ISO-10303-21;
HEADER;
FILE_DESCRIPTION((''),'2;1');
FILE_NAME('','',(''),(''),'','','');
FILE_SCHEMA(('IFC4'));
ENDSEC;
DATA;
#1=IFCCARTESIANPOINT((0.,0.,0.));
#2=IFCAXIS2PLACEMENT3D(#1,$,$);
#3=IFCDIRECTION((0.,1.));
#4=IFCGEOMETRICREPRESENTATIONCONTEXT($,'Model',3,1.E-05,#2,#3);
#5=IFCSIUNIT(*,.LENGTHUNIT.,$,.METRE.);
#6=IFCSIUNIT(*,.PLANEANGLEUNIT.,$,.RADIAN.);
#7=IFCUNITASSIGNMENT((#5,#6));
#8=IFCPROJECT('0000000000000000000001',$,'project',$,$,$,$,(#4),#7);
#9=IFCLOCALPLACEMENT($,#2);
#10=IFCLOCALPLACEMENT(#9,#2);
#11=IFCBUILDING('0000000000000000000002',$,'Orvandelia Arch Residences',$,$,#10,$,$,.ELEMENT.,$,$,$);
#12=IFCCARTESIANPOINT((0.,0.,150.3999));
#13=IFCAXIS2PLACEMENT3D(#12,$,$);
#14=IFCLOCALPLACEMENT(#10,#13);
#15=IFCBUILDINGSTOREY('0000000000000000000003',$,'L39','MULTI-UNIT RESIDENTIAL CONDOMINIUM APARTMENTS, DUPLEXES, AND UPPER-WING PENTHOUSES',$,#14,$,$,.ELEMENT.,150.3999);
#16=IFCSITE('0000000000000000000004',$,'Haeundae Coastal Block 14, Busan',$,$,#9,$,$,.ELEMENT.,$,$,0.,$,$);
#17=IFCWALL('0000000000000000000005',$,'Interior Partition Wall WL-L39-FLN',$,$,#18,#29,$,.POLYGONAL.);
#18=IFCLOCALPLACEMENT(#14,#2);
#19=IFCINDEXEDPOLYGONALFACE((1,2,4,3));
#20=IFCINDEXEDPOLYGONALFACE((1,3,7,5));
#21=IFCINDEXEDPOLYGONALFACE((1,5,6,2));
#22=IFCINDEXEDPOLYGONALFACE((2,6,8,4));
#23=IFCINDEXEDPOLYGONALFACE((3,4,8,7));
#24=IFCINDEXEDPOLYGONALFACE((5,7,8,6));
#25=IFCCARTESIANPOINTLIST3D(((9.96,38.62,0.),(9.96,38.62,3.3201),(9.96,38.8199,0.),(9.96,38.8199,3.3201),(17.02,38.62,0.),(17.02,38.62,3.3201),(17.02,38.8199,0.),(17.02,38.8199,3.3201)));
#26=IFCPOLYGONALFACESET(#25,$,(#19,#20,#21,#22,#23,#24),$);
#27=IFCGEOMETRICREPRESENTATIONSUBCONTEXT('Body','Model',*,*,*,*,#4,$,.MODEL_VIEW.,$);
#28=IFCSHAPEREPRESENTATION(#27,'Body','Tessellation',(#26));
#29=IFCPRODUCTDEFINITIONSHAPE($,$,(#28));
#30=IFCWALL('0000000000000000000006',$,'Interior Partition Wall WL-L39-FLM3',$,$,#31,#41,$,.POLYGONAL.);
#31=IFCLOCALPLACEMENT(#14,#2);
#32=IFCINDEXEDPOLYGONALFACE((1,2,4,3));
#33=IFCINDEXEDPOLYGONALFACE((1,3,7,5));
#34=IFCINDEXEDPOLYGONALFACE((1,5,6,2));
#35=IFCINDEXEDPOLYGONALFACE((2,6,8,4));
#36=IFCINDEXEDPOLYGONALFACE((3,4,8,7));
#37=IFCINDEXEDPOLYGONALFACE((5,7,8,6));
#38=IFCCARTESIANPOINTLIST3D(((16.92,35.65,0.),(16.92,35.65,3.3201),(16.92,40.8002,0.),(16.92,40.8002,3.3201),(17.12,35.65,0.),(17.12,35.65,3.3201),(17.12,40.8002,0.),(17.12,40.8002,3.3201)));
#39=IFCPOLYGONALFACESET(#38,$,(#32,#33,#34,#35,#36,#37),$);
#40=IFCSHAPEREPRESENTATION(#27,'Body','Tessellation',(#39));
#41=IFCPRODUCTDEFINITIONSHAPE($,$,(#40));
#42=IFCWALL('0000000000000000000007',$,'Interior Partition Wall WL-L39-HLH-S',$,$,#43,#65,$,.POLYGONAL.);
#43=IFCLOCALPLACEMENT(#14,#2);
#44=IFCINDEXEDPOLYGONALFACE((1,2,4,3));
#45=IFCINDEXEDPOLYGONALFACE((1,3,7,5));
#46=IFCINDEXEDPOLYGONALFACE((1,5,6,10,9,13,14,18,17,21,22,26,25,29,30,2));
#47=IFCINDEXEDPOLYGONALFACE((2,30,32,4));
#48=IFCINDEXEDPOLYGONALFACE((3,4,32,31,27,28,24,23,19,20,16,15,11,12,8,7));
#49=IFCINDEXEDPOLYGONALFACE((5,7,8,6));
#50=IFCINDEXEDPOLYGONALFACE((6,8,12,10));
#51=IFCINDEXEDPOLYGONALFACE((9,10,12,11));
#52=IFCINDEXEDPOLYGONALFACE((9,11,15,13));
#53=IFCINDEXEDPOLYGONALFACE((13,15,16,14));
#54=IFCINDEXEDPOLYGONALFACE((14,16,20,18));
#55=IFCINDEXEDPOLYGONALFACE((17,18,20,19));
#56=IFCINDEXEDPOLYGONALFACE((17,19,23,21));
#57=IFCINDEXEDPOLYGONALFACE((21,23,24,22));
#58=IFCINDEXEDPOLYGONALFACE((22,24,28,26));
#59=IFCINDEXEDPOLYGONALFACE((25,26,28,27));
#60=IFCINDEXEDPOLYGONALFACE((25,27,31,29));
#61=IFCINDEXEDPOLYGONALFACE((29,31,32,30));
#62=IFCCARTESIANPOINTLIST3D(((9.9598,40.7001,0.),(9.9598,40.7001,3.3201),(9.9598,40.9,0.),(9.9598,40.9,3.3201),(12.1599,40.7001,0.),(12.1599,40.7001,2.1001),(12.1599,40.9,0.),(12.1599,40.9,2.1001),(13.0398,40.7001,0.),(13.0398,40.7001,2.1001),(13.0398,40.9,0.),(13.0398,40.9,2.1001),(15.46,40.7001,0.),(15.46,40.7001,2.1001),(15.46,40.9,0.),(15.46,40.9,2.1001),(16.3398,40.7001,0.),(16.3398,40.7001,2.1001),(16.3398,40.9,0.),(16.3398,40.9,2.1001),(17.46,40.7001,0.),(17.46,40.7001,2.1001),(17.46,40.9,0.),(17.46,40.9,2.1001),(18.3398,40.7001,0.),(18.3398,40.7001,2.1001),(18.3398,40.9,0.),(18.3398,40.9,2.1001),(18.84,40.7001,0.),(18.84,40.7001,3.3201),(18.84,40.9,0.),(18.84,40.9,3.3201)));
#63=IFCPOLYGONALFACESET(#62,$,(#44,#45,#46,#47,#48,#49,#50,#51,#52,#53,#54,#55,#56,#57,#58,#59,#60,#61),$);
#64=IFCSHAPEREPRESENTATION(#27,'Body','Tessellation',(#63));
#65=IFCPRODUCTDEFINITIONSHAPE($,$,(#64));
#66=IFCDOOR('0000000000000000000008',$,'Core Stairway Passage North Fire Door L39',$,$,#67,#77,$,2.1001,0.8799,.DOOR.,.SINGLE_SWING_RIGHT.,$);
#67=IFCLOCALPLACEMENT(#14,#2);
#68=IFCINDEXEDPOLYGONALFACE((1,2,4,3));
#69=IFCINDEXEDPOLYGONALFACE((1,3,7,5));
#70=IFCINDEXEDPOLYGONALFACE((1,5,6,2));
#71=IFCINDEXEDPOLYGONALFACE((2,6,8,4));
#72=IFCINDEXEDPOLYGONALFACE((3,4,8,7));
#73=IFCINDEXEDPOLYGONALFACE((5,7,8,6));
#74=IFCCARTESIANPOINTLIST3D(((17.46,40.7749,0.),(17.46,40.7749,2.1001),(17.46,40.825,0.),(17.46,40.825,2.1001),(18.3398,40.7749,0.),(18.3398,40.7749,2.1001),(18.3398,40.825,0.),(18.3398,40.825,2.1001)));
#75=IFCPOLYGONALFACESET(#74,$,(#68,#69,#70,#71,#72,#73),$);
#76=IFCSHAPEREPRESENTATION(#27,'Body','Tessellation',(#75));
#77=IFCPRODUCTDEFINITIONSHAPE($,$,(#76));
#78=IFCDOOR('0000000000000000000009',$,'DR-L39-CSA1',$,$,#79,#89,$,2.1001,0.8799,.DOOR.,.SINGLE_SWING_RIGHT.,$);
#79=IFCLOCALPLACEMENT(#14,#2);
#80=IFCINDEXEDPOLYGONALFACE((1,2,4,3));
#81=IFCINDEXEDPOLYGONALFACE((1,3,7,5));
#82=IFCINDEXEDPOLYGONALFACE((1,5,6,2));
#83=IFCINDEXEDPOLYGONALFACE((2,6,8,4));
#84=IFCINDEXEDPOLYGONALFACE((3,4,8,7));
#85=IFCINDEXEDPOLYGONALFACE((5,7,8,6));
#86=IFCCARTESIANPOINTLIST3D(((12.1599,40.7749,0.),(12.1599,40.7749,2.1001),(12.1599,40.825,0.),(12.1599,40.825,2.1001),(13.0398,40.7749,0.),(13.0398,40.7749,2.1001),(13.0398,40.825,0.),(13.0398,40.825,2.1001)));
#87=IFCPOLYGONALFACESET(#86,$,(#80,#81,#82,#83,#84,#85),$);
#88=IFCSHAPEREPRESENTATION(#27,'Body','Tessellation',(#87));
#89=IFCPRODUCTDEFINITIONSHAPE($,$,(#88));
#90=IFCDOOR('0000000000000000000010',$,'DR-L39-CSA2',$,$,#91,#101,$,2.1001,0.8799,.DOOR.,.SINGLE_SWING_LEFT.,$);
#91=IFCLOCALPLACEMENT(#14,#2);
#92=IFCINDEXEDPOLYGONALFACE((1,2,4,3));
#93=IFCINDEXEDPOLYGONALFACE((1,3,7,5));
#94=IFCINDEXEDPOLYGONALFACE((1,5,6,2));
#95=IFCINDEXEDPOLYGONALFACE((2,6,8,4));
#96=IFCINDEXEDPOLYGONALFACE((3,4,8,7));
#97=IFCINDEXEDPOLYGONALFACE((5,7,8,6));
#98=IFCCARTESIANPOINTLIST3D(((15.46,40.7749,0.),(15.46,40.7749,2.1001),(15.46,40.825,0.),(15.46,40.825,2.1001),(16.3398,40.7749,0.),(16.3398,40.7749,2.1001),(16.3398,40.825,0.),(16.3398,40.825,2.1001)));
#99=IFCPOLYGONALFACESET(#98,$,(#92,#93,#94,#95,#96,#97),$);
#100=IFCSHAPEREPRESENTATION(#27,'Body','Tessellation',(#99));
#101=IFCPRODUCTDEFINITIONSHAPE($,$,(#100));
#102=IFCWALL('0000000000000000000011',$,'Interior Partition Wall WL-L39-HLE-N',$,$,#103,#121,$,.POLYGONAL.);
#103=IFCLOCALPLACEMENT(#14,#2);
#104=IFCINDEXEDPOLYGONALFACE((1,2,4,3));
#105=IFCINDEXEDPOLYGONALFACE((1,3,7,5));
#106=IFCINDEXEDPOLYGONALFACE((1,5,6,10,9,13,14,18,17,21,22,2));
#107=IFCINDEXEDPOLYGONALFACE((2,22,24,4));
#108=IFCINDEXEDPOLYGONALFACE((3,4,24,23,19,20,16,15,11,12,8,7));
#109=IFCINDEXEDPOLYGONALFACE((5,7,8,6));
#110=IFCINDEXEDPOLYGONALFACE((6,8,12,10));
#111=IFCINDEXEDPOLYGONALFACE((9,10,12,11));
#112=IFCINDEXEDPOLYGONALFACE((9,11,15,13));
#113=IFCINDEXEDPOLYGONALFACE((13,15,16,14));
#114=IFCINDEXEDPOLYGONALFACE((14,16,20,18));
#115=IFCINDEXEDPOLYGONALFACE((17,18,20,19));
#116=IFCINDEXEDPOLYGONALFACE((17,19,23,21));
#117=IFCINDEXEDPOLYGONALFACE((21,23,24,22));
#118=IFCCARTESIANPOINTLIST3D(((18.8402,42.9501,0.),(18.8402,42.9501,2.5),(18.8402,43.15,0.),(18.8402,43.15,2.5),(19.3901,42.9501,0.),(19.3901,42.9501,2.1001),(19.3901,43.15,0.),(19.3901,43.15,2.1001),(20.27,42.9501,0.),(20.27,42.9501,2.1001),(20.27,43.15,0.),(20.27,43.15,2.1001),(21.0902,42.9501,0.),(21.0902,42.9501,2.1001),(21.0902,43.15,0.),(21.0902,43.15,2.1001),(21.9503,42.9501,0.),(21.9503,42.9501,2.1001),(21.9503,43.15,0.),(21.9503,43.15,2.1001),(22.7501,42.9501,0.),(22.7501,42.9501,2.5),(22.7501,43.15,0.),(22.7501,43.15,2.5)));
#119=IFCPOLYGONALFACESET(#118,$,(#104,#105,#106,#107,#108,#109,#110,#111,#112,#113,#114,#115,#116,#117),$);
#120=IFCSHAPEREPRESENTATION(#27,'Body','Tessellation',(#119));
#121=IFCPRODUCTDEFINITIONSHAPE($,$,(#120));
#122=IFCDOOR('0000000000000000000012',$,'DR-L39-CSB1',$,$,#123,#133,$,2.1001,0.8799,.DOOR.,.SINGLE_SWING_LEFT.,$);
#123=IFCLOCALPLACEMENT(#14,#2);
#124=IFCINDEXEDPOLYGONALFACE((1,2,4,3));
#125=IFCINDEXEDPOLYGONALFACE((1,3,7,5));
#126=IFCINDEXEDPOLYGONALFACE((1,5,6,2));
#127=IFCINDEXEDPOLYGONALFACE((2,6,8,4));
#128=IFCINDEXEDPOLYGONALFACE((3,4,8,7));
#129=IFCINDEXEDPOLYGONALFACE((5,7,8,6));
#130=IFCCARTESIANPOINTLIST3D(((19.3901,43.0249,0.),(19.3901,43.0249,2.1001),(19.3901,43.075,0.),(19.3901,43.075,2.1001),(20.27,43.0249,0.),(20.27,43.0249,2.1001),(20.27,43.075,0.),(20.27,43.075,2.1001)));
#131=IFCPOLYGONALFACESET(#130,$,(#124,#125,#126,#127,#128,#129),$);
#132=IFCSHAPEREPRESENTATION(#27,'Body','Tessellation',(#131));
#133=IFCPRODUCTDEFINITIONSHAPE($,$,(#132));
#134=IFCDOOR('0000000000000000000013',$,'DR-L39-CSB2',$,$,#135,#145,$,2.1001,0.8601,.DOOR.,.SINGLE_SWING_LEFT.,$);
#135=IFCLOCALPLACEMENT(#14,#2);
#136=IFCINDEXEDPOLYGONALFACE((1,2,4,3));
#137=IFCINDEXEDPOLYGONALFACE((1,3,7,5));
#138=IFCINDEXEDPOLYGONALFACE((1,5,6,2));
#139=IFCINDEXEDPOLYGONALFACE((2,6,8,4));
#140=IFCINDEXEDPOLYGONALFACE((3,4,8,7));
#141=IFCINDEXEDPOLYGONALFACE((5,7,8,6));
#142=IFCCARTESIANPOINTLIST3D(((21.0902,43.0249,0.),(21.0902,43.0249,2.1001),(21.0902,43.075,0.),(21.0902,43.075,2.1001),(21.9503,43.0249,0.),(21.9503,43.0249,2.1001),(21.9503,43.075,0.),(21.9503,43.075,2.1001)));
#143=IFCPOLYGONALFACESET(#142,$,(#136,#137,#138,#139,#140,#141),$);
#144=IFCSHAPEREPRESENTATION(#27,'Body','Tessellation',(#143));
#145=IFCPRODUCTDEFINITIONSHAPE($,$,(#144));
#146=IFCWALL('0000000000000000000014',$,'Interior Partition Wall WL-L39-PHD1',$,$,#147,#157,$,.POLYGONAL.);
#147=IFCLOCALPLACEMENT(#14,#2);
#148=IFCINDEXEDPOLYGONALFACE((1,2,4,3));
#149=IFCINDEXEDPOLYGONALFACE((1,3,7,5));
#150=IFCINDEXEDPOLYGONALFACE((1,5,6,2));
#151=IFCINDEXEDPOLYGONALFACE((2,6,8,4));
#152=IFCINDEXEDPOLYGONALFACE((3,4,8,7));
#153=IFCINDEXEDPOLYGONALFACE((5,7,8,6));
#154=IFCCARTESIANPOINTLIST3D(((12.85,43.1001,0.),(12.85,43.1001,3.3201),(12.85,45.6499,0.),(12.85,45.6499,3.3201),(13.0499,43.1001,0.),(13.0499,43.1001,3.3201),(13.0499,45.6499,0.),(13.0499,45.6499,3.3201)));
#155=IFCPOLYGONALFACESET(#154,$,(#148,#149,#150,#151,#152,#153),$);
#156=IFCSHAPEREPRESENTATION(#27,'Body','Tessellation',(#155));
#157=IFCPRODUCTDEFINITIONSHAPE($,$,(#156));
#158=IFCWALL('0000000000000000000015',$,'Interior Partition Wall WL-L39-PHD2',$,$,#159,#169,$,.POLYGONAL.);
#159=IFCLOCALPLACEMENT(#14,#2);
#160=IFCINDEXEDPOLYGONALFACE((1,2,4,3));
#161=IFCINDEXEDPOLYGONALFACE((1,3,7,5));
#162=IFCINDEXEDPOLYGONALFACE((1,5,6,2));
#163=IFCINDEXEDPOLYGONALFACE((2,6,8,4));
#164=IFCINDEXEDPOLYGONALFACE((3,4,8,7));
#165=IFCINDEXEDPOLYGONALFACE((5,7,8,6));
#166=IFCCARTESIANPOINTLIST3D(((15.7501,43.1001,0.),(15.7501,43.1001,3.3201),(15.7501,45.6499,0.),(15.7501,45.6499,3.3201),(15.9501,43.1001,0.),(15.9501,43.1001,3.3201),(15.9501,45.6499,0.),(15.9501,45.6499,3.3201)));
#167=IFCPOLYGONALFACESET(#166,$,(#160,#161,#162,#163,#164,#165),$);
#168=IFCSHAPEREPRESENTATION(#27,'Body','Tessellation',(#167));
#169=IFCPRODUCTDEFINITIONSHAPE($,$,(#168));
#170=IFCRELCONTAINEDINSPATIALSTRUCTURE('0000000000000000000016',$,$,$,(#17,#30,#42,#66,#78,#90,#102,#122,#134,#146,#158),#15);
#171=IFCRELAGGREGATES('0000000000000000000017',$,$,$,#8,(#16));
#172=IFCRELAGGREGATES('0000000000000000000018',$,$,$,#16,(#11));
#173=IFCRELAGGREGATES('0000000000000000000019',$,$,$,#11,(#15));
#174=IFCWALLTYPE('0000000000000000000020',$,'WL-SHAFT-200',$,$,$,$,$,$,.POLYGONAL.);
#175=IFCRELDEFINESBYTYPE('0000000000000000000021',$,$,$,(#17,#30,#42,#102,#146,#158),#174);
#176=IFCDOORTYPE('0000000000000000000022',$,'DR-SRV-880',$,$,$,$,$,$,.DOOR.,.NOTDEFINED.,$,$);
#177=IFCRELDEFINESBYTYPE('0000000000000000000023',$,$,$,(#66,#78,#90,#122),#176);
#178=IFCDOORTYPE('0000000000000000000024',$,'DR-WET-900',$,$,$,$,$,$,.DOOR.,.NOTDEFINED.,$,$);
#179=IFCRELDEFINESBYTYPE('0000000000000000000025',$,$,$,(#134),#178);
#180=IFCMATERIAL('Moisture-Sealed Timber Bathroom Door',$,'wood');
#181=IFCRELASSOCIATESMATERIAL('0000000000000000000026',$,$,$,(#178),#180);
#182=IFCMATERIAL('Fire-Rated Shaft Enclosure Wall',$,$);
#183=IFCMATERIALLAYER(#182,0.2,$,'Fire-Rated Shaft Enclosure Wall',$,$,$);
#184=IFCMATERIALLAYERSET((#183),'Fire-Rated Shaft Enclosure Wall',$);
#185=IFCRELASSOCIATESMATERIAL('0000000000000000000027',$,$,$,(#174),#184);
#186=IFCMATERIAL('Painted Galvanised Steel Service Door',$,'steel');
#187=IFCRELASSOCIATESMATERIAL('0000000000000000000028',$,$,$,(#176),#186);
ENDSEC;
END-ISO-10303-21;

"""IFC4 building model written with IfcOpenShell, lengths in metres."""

from ifc_helpers import new_model, si_unit, direction, frame, frame_2d, origin, place, context, subcontext, project, spatial, rectangle, extrude, material, layer, layer_set, type_object, element, fill, save


model = new_model("IFC4")

# Units and contexts
model_context = context("Model", 3, precision=1e-05, world=origin(), true_north=direction((0.0, 1.0)))
body_context = subcontext(model_context, "Body", "Model", "MODEL_VIEW")
ifc_project = project(units=[si_unit("LENGTHUNIT", "METRE"), si_unit("PLANEANGLEUNIT", "RADIAN")], contexts=[model_context])

# Site, building, storey
site_placement = place(None, origin())
site = spatial("IfcSite", under=ifc_project, at=site_placement, Name="Haeundae Coastal Block 14, Busan", CompositionType="ELEMENT", RefElevation=0.0)
building_placement = place(site_placement, origin())
building = spatial("IfcBuilding", under=site, at=building_placement, Name="Orvandelia Arch Residences", CompositionType="ELEMENT")
storey_placement = place(building_placement, frame((0.0, 0.0, 150.3999)))
storey = spatial("IfcBuildingStorey", under=building, at=storey_placement, Name="L39", Description="MULTI-UNIT RESIDENTIAL CONDOMINIUM APARTMENTS, DUPLEXES, AND UPPER-WING PENTHOUSES", CompositionType="ELEMENT", Elevation=150.3999)

# Shared definitions
ifc_material_1 = material(Name="Moisture-Sealed Timber Bathroom Door", Category="wood")
door_type_1 = type_object("IfcDoorType", Name="DR-WET-900", OperationType="NOTDEFINED", PredefinedType="DOOR", material=ifc_material_1)

# Walls
ifc_material_2 = material(Name="Fire-Rated Shaft Enclosure Wall")
ifc_layer_1 = layer(ifc_material_2, 0.2, Name="Fire-Rated Shaft Enclosure Wall")
ifc_layer_set_1 = layer_set([ifc_layer_1], Name="Fire-Rated Shaft Enclosure Wall")
wall_type_1 = type_object("IfcWallType", Name="WL-SHAFT-200", PredefinedType="POLYGONAL", material=ifc_layer_set_1)
wall_1_placement = place(storey_placement, frame((9.96, 38.72, 0.0), z_axis=(0.0, 0.0, 1.0), x_axis=(1.0, 0.0, 0.0)))
element("IfcWall", 1, at=wall_1_placement, inside=storey, type_object=wall_type_1, Name="Interior Partition Wall WL-L39-FLN", PredefinedType="POLYGONAL", context=body_context, shape_type="SweptSolid", body=[
    extrude(rectangle(XDim=7.0601, YDim=0.2, at=frame_2d((3.53, 0.0))), origin(), (0.0, 0.0, 1.0), 3.3201),
])
wall_2_placement = place(storey_placement, frame((17.02, 35.6499, 0.0), z_axis=(0.0, 0.0, 1.0), x_axis=(0.0, 1.0, 0.0)))
element("IfcWall", 2, at=wall_2_placement, inside=storey, type_object=wall_type_1, Name="Interior Partition Wall WL-L39-FLM3", PredefinedType="POLYGONAL", context=body_context, shape_type="SweptSolid", body=[
    extrude(rectangle(XDim=5.1501, YDim=0.2, at=frame_2d((2.5752, 0.0))), origin(), (0.0, 0.0, 1.0), 3.3201),
])

# Walls, openings, doors
wall_3_placement = place(storey_placement, frame((9.96, 40.8, 0.0), z_axis=(0.0, 0.0, 1.0), x_axis=(1.0, 0.0, 0.0)))
wall_3 = element("IfcWall", 3, at=wall_3_placement, inside=storey, type_object=wall_type_1, Name="Interior Partition Wall WL-L39-HLH-S", PredefinedType="POLYGONAL", context=body_context, shape_type="SweptSolid", body=[
    extrude(rectangle(XDim=8.8801, YDim=0.2, at=frame_2d((4.4399, 0.0))), origin(), (0.0, 0.0, 1.0), 3.3201),
])
opening_1_placement = place(wall_3_placement, frame((7.5, 0.0, 0.0)))
opening_1 = element("IfcOpeningElement", 4, at=opening_1_placement, cuts=wall_3, PredefinedType="OPENING", context=body_context, shape_type="SweptSolid", body=[
    extrude(rectangle(XDim=0.8799, YDim=2.1001, at=frame_2d((0.4399, 1.05))), frame((0.0, 0.1099, 0.0), z_axis=(0.0, -1.0, 0.0), x_axis=(1.0, 0.0, 0.0)), (0.0, 0.0, 1.0), 0.22),
])
opening_2_placement = place(wall_3_placement, frame((2.2, 0.0, 0.0)))
opening_2 = element("IfcOpeningElement", 5, at=opening_2_placement, cuts=wall_3, PredefinedType="OPENING", context=body_context, shape_type="SweptSolid", body=[
    extrude(rectangle(XDim=0.8799, YDim=2.1001, at=frame_2d((0.4399, 1.05))), frame((0.0, 0.1099, 0.0), z_axis=(0.0, -1.0, 0.0), x_axis=(1.0, 0.0, 0.0)), (0.0, 0.0, 1.0), 0.22),
])
opening_3_placement = place(wall_3_placement, frame((5.5, 0.0, 0.0)))
opening_3 = element("IfcOpeningElement", 6, at=opening_3_placement, cuts=wall_3, PredefinedType="OPENING", context=body_context, shape_type="SweptSolid", body=[
    extrude(rectangle(XDim=0.8799, YDim=2.1001, at=frame_2d((0.4399, 1.05))), frame((0.0, 0.1099, 0.0), z_axis=(0.0, -1.0, 0.0), x_axis=(1.0, 0.0, 0.0)), (0.0, 0.0, 1.0), 0.22),
])
ifc_material_3 = material(Name="Painted Galvanised Steel Service Door", Category="steel")
door_type_2 = type_object("IfcDoorType", Name="DR-SRV-880", OperationType="NOTDEFINED", PredefinedType="DOOR", material=ifc_material_3)
door_1_placement = place(opening_1_placement, origin())
door_1 = element("IfcDoor", 7, at=door_1_placement, inside=storey, type_object=door_type_2, Name="Core Stairway Passage North Fire Door L39", OperationType="SINGLE_SWING_RIGHT", OverallHeight=2.1001, OverallWidth=0.8799, PredefinedType="DOOR", context=body_context, shape_type="SweptSolid", body=[
    extrude(rectangle(XDim=0.8799, YDim=2.1001, at=frame_2d((0.4399, 1.05))), frame((0.0, 0.0249, 0.0), z_axis=(0.0, -1.0, 0.0), x_axis=(1.0, 0.0, 0.0)), (0.0, 0.0, 1.0), 0.05),
])
fill(opening_1, door_1)
door_2_placement = place(opening_2_placement, origin())
door_2 = element("IfcDoor", 8, at=door_2_placement, inside=storey, type_object=door_type_2, Name="DR-L39-CSA1", OperationType="SINGLE_SWING_RIGHT", OverallHeight=2.1001, OverallWidth=0.8799, PredefinedType="DOOR", context=body_context, shape_type="SweptSolid", body=[
    extrude(rectangle(XDim=0.8799, YDim=2.1001, at=frame_2d((0.4399, 1.05))), frame((0.0, 0.0249, 0.0), z_axis=(0.0, -1.0, 0.0), x_axis=(1.0, 0.0, 0.0)), (0.0, 0.0, 1.0), 0.05),
])
fill(opening_2, door_2)
door_3_placement = place(opening_3_placement, origin())
door_3 = element("IfcDoor", 9, at=door_3_placement, inside=storey, type_object=door_type_2, Name="DR-L39-CSA2", OperationType="SINGLE_SWING_LEFT", OverallHeight=2.1001, OverallWidth=0.8799, PredefinedType="DOOR", context=body_context, shape_type="SweptSolid", body=[
    extrude(rectangle(XDim=0.8799, YDim=2.1001, at=frame_2d((0.4399, 1.05))), frame((0.0, 0.0249, 0.0), z_axis=(0.0, -1.0, 0.0), x_axis=(1.0, 0.0, 0.0)), (0.0, 0.0, 1.0), 0.05),
])
fill(opening_3, door_3)
wall_4_placement = place(storey_placement, frame((18.8401, 43.05, 0.0), z_axis=(0.0, 0.0, 1.0), x_axis=(1.0, 0.0, 0.0)))
wall_4 = element("IfcWall", 10, at=wall_4_placement, inside=storey, type_object=wall_type_1, Name="Interior Partition Wall WL-L39-HLE-N", PredefinedType="POLYGONAL", context=body_context, shape_type="SweptSolid", body=[
    extrude(rectangle(XDim=3.9099, YDim=0.2, at=frame_2d((1.9551, 0.0))), origin(), (0.0, 0.0, 1.0), 2.5),
])
opening_4_placement = place(wall_4_placement, frame((0.55, 0.0, 0.0)))
opening_4 = element("IfcOpeningElement", 11, at=opening_4_placement, cuts=wall_4, PredefinedType="OPENING", context=body_context, shape_type="SweptSolid", body=[
    extrude(rectangle(XDim=0.8799, YDim=2.1001, at=frame_2d((0.4399, 1.05))), frame((0.0, 0.1099, 0.0), z_axis=(0.0, -1.0, 0.0), x_axis=(1.0, 0.0, 0.0)), (0.0, 0.0, 1.0), 0.22),
])
opening_5_placement = place(wall_4_placement, frame((2.25, 0.0, 0.0)))
opening_5 = element("IfcOpeningElement", 12, at=opening_5_placement, cuts=wall_4, PredefinedType="OPENING", context=body_context, shape_type="SweptSolid", body=[
    extrude(rectangle(XDim=0.8601, YDim=2.1001, at=frame_2d((0.4302, 1.05))), frame((0.0, 0.1099, 0.0), z_axis=(0.0, -1.0, 0.0), x_axis=(1.0, 0.0, 0.0)), (0.0, 0.0, 1.0), 0.22),
])
door_4_placement = place(opening_4_placement, origin())
door_4 = element("IfcDoor", 13, at=door_4_placement, inside=storey, type_object=door_type_2, Name="DR-L39-CSB1", OperationType="SINGLE_SWING_LEFT", OverallHeight=2.1001, OverallWidth=0.8799, PredefinedType="DOOR", context=body_context, shape_type="SweptSolid", body=[
    extrude(rectangle(XDim=0.8799, YDim=2.1001, at=frame_2d((0.4399, 1.05))), frame((0.0, 0.0249, 0.0), z_axis=(0.0, -1.0, 0.0), x_axis=(1.0, 0.0, 0.0)), (0.0, 0.0, 1.0), 0.05),
])
fill(opening_4, door_4)
door_5_placement = place(opening_5_placement, origin())
door_5 = element("IfcDoor", 14, at=door_5_placement, inside=storey, type_object=door_type_1, Name="DR-L39-CSB2", OperationType="SINGLE_SWING_LEFT", OverallHeight=2.1001, OverallWidth=0.8601, PredefinedType="DOOR", context=body_context, shape_type="SweptSolid", body=[
    extrude(rectangle(XDim=0.8601, YDim=2.1001, at=frame_2d((0.4302, 1.05))), frame((0.0, 0.0249, 0.0), z_axis=(0.0, -1.0, 0.0), x_axis=(1.0, 0.0, 0.0)), (0.0, 0.0, 1.0), 0.05),
])
fill(opening_5, door_5)

# Walls
for number, where, z_axis, x_axis, name in (
    (15, (12.95, 43.1001, 0.0), (0.0, 0.0, 1.0), (0.0, 1.0, 0.0), "Interior Partition Wall WL-L39-PHD1"),
    (16, (15.8501, 43.1001, 0.0), (0.0, 0.0, 1.0), (0.0, 1.0, 0.0), "Interior Partition Wall WL-L39-PHD2"),
):
    element("IfcWall", number, at=place(storey_placement, frame(where, z_axis=z_axis, x_axis=x_axis)), inside=storey, type_object=wall_type_1, Name=name, PredefinedType="POLYGONAL", context=body_context, shape_type="SweptSolid", body=[
        extrude(rectangle(XDim=2.5498, YDim=0.2, at=frame_2d((1.2749, 0.0))), origin(), (0.0, 0.0, 1.0), 3.3201),
    ])

save(model, "model.ifc")
